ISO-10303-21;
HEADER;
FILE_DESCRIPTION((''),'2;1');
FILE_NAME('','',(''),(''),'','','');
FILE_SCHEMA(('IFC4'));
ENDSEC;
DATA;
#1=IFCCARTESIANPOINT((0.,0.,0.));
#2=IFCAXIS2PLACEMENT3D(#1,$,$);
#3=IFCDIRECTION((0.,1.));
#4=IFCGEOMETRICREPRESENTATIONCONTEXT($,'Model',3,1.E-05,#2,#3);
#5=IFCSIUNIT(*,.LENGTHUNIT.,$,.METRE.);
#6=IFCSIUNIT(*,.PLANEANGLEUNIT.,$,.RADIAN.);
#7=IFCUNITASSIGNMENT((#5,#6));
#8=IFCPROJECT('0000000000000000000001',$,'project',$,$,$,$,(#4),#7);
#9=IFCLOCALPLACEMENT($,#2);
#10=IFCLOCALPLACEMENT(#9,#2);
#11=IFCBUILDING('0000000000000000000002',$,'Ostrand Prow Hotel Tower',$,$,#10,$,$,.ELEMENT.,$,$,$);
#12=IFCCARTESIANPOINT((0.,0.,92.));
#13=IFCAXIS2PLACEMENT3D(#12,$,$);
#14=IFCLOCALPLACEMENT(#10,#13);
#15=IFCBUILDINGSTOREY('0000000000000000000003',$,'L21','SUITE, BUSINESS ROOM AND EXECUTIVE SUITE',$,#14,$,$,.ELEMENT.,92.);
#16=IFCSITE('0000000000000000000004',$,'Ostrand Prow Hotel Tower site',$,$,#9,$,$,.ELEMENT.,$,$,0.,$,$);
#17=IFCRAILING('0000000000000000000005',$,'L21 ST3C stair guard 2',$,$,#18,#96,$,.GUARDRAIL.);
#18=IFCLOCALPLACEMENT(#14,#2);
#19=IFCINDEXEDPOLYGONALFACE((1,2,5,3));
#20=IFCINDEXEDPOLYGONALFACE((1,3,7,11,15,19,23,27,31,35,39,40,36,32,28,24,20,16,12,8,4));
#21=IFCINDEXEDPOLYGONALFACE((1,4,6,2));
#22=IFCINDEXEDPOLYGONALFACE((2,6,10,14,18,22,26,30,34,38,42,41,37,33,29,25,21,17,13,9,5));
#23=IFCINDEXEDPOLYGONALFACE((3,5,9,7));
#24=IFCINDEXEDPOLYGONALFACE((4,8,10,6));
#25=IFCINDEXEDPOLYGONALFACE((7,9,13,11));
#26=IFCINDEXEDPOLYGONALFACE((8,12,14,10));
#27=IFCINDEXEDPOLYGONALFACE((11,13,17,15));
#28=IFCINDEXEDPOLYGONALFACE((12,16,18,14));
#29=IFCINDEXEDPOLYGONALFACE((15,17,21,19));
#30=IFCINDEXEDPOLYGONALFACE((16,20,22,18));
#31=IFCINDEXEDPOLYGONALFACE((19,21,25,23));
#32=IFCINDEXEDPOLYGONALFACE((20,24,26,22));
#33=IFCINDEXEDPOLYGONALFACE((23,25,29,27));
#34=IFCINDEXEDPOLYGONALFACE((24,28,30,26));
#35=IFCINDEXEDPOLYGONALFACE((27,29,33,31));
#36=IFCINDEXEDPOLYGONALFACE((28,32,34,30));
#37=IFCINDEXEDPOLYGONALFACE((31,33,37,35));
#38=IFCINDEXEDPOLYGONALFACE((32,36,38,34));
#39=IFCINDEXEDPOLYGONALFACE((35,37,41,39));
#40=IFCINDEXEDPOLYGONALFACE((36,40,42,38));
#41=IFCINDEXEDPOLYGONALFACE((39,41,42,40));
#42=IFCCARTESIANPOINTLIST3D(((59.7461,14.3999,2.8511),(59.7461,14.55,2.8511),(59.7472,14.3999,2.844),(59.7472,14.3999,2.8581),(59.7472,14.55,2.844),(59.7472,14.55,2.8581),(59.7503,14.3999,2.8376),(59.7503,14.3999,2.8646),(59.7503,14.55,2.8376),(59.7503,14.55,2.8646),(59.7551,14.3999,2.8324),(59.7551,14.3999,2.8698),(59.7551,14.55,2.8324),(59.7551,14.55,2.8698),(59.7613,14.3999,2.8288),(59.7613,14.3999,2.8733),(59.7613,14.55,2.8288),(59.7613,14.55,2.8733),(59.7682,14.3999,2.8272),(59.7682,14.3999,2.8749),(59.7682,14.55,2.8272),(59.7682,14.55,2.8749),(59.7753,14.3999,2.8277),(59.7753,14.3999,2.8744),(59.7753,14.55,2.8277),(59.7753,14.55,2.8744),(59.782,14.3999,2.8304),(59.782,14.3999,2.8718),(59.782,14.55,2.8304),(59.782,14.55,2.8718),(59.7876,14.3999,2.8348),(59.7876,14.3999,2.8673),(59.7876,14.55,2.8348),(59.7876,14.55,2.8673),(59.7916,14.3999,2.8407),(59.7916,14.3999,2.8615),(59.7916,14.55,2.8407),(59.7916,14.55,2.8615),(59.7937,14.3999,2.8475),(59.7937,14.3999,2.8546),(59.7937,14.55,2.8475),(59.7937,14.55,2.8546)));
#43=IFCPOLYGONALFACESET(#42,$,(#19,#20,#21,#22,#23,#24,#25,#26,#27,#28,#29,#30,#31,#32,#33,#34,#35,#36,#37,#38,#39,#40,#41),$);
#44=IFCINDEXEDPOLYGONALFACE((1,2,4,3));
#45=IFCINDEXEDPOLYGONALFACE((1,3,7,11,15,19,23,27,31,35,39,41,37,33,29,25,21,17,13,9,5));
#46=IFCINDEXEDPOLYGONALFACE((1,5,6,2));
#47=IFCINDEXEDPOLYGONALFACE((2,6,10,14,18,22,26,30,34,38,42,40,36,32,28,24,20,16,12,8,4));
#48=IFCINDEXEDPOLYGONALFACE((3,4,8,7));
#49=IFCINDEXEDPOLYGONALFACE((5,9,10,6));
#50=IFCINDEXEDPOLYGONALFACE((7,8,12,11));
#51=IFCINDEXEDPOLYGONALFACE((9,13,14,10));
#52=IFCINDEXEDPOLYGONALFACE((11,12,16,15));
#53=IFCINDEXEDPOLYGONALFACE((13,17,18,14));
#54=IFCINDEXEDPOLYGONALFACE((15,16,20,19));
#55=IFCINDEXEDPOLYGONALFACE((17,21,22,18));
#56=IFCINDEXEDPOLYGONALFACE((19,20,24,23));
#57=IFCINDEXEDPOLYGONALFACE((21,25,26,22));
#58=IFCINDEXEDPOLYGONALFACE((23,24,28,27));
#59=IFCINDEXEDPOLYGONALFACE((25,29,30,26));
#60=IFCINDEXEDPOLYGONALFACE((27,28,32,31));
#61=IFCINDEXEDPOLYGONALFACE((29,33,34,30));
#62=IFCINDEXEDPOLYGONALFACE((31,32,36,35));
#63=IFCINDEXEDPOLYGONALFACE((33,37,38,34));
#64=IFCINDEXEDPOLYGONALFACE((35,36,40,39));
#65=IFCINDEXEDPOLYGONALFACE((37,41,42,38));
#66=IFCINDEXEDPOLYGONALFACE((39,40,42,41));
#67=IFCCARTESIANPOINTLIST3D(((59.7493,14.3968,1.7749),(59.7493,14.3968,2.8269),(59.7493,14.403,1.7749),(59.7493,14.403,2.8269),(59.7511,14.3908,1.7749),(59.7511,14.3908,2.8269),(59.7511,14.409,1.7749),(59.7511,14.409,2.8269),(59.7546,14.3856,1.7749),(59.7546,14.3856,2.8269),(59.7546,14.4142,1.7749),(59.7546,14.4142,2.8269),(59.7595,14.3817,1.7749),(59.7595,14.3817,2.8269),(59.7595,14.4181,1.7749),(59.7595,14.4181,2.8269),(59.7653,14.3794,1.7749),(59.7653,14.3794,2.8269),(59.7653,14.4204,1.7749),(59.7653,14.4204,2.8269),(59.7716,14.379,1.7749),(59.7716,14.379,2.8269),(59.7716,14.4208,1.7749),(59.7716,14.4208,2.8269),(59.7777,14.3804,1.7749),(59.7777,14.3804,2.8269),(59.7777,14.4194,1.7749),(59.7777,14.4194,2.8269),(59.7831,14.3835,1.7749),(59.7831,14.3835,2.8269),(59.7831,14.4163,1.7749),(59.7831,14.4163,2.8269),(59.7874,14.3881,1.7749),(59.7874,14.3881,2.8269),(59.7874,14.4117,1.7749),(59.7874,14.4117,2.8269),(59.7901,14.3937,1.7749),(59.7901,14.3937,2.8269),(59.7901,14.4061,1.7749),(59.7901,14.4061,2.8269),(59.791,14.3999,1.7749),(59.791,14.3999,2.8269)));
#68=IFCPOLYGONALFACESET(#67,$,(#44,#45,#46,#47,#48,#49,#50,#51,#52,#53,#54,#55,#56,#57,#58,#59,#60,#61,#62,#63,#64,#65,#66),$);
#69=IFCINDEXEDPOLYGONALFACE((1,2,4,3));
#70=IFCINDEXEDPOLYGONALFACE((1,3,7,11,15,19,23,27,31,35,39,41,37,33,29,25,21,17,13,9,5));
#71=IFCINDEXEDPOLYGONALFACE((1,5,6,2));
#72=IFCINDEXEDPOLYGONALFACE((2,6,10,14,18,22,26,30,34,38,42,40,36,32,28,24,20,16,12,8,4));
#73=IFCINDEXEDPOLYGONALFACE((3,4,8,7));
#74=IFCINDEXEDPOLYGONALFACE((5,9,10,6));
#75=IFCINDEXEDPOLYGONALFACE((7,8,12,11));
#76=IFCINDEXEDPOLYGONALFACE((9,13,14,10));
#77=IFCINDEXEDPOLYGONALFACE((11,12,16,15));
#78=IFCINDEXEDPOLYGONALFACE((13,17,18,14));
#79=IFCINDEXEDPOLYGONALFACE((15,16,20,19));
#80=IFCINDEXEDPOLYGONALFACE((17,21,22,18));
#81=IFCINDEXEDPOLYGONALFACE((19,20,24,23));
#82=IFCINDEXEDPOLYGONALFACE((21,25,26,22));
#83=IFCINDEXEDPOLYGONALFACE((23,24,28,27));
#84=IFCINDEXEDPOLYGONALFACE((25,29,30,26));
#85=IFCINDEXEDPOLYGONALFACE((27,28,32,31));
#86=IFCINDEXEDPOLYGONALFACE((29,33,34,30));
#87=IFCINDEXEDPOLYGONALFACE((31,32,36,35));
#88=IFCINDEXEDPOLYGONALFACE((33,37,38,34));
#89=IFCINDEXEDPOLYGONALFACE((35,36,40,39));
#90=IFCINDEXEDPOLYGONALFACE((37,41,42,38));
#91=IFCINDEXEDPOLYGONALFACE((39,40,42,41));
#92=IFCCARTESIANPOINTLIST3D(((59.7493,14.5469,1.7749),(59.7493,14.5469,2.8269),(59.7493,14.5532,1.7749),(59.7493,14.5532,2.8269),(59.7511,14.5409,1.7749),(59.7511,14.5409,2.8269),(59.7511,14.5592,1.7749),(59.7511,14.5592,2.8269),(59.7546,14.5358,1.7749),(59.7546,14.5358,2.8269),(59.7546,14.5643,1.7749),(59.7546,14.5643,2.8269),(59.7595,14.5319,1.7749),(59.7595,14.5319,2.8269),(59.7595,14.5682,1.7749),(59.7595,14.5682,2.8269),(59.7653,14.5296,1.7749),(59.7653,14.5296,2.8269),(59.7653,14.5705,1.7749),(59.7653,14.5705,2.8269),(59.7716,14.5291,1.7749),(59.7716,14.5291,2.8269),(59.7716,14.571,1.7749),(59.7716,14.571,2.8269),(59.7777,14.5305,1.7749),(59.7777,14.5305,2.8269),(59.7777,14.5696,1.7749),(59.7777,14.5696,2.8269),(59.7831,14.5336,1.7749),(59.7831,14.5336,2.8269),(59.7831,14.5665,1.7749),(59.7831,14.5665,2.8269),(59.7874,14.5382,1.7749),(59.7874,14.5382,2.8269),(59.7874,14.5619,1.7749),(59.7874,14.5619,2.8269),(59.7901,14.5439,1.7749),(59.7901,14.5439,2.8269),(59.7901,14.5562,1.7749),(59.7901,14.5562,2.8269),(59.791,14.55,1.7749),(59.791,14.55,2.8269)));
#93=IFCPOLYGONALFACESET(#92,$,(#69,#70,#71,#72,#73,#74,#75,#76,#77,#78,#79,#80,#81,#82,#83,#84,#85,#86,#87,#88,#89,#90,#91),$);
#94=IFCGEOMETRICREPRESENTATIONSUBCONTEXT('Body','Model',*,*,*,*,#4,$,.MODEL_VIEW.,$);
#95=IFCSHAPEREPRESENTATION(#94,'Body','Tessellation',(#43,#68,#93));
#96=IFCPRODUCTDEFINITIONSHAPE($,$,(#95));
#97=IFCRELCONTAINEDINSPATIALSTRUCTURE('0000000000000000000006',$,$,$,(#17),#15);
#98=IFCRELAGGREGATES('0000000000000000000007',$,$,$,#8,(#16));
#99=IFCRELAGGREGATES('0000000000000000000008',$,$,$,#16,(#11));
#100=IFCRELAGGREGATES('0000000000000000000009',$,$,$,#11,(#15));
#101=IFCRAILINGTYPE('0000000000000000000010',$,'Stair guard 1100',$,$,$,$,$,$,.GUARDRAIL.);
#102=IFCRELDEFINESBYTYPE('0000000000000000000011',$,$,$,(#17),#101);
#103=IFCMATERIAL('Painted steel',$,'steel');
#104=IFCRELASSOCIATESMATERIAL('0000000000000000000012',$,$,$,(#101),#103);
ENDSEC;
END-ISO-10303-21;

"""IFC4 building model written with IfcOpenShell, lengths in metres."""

from ifc_helpers import new_model, si_unit, direction, frame, origin, origin_2d, place, context, subcontext, project, spatial, circle, extrude, material, type_object, element, save


model = new_model("IFC4")

# Units and contexts
model_context = context("Model", 3, precision=1e-05, world=origin(), true_north=direction((0.0, 1.0)))
body_context = subcontext(model_context, "Body", "Model", "MODEL_VIEW")
ifc_project = project(units=[si_unit("LENGTHUNIT", "METRE"), si_unit("PLANEANGLEUNIT", "RADIAN")], contexts=[model_context])

# Site, building, storey
site_placement = place(None, origin())
site = spatial("IfcSite", under=ifc_project, at=site_placement, Name="Ostrand Prow Hotel Tower site", CompositionType="ELEMENT", RefElevation=0.0)
building_placement = place(site_placement, origin())
building = spatial("IfcBuilding", under=site, at=building_placement, Name="Ostrand Prow Hotel Tower", CompositionType="ELEMENT")
storey_placement = place(building_placement, frame((0.0, 0.0, 92.0)))
storey = spatial("IfcBuildingStorey", under=building, at=storey_placement, Name="L21", Description="SUITE, BUSINESS ROOM AND EXECUTIVE SUITE", CompositionType="ELEMENT", Elevation=92.0)

# Railing
ifc_material_1 = material(Name="Painted steel", Category="steel")
railing_type_1 = type_object("IfcRailingType", Name="Stair guard 1100", PredefinedType="GUARDRAIL", material=ifc_material_1)
railing_1_placement = place(storey_placement, frame((59.77, 14.3999, 1.7749)))
element("IfcRailing", 1, at=railing_1_placement, inside=storey, type_object=railing_type_1, Name="L21 ST3C stair guard 2", PredefinedType="GUARDRAIL", context=body_context, shape_type="SweptSolid", body=[
    extrude(circle(Radius=0.0239, at=origin_2d()), frame((0.0, 0.0, 1.0762), z_axis=(0.0, 1.0, 0.0), x_axis=(-1.0, 0.0, 0.0)), (0.0, 0.0, 1.0), 0.1501),
    extrude(circle(Radius=0.021, at=origin_2d()), origin(), (0.0, 0.0, 1.0), 1.052),
    extrude(circle(Radius=0.021, at=origin_2d()), frame((0.0, 0.1501, 0.0)), (0.0, 0.0, 1.0), 1.052),
])

save(model, "model.ifc")
